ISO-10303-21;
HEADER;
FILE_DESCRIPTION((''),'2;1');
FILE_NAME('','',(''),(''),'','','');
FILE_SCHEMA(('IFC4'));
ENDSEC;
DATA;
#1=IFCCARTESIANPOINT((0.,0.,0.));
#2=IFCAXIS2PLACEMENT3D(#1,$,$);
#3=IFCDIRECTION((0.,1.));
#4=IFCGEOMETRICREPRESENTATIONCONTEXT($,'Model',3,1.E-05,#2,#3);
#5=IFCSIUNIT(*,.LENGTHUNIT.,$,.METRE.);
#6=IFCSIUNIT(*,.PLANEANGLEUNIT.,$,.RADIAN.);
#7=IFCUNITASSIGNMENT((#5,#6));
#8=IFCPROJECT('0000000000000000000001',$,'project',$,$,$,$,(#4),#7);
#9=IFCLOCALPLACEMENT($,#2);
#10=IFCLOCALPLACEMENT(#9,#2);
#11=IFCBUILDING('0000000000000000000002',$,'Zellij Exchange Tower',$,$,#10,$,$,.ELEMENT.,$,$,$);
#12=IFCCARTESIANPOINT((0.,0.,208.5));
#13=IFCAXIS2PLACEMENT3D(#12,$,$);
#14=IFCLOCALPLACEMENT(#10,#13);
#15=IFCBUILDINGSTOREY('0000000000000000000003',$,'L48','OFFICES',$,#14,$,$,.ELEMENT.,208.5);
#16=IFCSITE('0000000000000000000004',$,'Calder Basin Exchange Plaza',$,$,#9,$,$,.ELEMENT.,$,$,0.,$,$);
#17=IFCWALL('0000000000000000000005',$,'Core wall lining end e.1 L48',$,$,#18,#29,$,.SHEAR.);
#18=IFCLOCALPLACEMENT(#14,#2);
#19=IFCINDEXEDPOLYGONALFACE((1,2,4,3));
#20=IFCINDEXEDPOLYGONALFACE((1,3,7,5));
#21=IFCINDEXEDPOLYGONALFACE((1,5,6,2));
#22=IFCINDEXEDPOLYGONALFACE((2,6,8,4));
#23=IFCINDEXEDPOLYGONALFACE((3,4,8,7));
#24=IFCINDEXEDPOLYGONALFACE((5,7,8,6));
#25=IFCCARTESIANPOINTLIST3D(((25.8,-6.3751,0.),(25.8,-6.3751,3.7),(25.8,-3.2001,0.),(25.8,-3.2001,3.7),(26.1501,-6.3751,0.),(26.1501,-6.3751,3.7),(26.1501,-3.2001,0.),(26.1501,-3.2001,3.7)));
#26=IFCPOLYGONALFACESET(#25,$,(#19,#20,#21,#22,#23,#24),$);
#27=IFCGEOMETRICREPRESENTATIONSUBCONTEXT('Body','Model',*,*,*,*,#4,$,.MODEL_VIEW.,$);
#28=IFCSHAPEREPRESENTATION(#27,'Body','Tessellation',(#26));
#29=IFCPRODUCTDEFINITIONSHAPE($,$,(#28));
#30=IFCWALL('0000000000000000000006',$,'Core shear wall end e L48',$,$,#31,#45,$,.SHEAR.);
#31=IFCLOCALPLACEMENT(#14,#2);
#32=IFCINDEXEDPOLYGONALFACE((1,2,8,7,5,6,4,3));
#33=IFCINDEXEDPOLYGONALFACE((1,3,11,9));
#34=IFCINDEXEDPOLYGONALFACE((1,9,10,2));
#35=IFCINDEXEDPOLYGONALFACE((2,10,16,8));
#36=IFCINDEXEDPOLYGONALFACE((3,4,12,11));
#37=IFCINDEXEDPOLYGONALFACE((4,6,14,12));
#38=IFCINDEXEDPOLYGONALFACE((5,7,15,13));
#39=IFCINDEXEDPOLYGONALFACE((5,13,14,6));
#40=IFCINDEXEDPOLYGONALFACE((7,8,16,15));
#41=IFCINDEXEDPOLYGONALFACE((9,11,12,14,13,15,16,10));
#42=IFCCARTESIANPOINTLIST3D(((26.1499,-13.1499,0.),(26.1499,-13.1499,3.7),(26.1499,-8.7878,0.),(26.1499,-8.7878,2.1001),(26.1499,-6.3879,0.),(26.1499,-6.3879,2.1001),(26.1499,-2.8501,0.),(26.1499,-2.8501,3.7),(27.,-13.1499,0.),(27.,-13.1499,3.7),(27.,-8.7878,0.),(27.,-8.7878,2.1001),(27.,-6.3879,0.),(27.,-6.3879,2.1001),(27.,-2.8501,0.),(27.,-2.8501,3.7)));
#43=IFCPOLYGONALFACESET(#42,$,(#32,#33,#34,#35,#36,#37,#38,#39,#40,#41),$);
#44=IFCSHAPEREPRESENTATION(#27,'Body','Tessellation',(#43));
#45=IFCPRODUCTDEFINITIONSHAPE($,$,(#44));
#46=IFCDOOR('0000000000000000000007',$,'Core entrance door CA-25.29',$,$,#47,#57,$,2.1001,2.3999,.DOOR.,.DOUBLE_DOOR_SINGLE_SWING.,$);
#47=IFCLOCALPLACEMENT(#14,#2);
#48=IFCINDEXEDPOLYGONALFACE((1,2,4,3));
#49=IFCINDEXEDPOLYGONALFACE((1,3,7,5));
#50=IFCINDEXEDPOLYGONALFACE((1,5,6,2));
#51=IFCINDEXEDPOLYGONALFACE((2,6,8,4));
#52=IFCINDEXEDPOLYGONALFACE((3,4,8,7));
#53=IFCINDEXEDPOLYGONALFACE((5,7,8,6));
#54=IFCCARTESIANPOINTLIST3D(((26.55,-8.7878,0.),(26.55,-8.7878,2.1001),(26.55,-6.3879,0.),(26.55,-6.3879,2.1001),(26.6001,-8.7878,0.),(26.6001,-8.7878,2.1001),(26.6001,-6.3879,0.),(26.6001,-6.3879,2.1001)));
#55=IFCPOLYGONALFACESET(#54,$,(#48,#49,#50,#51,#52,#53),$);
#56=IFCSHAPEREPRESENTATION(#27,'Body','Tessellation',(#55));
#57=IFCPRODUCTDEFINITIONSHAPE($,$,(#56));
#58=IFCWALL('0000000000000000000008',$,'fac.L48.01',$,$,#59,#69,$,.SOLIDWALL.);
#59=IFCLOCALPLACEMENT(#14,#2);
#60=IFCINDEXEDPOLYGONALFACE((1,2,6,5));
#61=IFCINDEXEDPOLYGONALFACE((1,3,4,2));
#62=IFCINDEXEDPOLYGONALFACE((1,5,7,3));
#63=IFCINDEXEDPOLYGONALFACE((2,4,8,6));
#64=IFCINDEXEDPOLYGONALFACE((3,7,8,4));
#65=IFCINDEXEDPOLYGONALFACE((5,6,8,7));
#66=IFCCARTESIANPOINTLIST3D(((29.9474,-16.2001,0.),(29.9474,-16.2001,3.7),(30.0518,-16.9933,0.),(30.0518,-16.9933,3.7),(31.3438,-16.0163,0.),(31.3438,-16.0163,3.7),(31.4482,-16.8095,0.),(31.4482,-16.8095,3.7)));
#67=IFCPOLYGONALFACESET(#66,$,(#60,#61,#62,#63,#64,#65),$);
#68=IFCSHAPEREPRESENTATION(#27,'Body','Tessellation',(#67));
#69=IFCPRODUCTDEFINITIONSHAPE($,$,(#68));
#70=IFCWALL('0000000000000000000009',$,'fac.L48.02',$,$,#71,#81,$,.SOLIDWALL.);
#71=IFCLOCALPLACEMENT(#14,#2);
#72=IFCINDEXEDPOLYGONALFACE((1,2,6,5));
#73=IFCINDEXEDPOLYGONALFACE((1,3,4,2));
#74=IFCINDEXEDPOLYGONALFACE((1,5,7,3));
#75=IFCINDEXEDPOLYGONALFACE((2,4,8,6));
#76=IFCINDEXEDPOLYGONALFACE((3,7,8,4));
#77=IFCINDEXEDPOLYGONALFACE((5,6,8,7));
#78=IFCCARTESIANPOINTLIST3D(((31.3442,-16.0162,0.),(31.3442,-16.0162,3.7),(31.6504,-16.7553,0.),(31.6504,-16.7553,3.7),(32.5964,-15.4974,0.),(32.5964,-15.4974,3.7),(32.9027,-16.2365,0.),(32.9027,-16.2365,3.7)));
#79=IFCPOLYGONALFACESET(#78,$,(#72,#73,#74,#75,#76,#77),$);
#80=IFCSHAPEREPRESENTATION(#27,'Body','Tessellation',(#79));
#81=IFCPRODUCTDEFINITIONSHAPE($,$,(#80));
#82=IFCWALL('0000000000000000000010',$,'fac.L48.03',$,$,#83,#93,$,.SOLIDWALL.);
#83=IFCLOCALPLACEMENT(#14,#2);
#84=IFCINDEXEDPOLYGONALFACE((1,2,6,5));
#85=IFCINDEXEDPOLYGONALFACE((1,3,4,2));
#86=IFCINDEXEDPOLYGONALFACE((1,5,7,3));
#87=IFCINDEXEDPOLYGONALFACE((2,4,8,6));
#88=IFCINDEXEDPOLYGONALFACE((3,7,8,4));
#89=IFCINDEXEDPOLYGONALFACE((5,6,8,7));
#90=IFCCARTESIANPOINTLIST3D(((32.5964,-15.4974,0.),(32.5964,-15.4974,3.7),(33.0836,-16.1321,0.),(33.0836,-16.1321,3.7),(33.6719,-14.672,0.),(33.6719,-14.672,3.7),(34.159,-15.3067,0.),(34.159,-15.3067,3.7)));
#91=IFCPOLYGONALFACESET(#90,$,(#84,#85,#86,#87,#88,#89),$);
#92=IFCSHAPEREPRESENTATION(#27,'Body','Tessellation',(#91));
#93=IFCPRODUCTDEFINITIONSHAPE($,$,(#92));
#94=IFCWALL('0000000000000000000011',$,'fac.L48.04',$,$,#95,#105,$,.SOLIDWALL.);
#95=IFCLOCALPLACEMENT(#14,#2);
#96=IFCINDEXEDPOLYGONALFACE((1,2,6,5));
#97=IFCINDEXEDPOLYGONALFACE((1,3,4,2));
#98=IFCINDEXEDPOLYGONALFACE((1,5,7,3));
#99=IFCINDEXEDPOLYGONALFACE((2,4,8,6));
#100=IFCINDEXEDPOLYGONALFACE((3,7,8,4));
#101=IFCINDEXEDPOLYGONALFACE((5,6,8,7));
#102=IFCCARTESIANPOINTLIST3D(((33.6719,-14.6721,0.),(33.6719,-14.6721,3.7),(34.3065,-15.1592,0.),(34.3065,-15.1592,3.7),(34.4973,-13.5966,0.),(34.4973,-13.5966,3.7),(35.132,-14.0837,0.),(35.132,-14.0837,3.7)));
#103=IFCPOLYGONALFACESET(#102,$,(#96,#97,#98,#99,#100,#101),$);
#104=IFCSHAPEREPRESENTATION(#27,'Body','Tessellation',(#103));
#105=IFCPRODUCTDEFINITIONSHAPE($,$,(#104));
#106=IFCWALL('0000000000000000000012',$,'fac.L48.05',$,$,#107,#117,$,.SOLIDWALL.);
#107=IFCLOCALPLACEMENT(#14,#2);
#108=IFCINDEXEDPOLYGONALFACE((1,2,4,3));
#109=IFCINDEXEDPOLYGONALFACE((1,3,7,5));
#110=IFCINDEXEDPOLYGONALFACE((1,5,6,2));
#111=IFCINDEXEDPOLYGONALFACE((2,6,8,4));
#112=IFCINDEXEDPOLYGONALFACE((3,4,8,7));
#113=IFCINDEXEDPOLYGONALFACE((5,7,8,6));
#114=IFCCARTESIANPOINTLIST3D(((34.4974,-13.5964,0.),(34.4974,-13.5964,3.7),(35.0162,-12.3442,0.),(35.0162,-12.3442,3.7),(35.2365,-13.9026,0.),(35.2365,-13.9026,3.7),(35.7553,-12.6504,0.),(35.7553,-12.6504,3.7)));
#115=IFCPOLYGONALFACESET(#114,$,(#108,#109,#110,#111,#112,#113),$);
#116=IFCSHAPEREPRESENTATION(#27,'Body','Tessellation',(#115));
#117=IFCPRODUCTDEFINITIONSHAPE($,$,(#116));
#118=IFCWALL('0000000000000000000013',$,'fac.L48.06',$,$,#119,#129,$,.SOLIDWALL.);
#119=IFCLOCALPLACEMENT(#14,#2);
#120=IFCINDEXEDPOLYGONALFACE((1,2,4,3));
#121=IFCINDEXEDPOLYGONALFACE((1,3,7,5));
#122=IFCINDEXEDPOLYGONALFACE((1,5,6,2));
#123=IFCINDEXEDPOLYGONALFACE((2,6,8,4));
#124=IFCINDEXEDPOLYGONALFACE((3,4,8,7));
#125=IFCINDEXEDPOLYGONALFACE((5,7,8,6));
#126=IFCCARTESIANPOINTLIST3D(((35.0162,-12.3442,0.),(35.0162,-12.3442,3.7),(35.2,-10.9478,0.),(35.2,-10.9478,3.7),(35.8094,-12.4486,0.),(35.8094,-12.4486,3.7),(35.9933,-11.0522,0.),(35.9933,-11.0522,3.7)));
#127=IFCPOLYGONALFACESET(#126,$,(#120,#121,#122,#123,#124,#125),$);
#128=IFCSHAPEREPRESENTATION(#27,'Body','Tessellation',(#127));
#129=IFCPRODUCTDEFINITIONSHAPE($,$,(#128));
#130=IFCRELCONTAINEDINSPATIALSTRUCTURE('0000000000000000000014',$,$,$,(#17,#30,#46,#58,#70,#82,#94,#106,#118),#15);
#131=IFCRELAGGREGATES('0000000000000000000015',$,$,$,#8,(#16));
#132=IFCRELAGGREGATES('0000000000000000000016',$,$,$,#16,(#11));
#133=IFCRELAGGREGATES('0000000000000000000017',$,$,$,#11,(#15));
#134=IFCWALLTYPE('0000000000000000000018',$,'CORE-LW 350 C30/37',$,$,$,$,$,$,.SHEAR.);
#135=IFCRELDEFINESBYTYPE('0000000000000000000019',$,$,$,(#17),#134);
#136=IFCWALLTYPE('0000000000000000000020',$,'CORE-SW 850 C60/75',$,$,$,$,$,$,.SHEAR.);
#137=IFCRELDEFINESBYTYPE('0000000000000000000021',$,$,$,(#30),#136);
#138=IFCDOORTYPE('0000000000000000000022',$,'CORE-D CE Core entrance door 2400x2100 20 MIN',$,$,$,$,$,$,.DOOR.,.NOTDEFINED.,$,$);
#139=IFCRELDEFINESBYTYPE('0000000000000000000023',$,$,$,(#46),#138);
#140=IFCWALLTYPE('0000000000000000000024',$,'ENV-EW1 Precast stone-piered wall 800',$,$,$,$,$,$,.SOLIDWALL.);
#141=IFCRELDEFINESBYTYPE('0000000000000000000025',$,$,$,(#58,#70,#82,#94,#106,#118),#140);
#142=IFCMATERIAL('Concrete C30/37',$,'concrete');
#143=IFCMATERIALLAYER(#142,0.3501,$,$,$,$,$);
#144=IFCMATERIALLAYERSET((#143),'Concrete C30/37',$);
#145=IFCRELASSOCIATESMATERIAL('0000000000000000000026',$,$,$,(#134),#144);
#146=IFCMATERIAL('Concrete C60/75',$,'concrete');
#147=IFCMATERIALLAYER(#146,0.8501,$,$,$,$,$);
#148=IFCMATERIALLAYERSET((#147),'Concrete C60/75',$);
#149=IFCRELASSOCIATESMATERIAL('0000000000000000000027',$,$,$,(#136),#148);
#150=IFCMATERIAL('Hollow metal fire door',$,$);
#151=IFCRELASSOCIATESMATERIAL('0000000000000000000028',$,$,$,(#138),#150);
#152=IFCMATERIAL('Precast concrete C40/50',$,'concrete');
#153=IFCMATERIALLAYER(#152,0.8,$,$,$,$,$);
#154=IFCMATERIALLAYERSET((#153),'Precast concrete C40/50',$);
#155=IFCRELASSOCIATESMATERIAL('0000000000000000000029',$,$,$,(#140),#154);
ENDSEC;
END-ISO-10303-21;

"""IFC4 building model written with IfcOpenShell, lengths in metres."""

from ifc_helpers import new_model, si_unit, direction, frame, frame_2d, origin, place, context, subcontext, project, spatial, rectangle, extrude, material, layer, layer_set, type_object, element, fill, save


model = new_model("IFC4")

# Units and contexts
model_context = context("Model", 3, precision=1e-05, world=origin(), true_north=direction((0.0, 1.0)))
body_context = subcontext(model_context, "Body", "Model", "MODEL_VIEW")
ifc_project = project(units=[si_unit("LENGTHUNIT", "METRE"), si_unit("PLANEANGLEUNIT", "RADIAN")], contexts=[model_context])

# Site, building, storey
site_placement = place(None, origin())
site = spatial("IfcSite", under=ifc_project, at=site_placement, Name="Calder Basin Exchange Plaza", CompositionType="ELEMENT", RefElevation=0.0)
building_placement = place(site_placement, origin())
building = spatial("IfcBuilding", under=site, at=building_placement, Name="Zellij Exchange Tower", CompositionType="ELEMENT")
storey_placement = place(building_placement, frame((0.0, 0.0, 208.5)))
storey = spatial("IfcBuildingStorey", under=building, at=storey_placement, Name="L48", Description="OFFICES", CompositionType="ELEMENT", Elevation=208.5)

# Shared definitions
ifc_material_1 = material(Name="Concrete C60/75", Category="concrete")

# Wall
ifc_material_2 = material(Name="Concrete C30/37", Category="concrete")
ifc_layer_1 = layer(ifc_material_2, 0.3501)
ifc_layer_set_1 = layer_set([ifc_layer_1], Name="Concrete C30/37")
wall_type_1 = type_object("IfcWallType", Name="CORE-LW 350 C30/37", PredefinedType="SHEAR", material=ifc_layer_set_1)
wall_1_placement = place(storey_placement, frame((25.9751, -6.375, 0.0), z_axis=(0.0, 0.0, 1.0), x_axis=(0.0, 1.0, 0.0)))
element("IfcWall", 1, at=wall_1_placement, inside=storey, type_object=wall_type_1, Name="Core wall lining end e.1 L48", PredefinedType="SHEAR", context=body_context, shape_type="SweptSolid", body=[
    extrude(rectangle(XDim=3.175, YDim=0.3501, at=frame_2d((1.5874, 0.0))), origin(), (0.0, 0.0, 1.0), 3.7),
])

# Wall, opening, door
ifc_layer_2 = layer(ifc_material_1, 0.8501)
ifc_layer_set_2 = layer_set([ifc_layer_2], Name="Concrete C60/75")
wall_type_2 = type_object("IfcWallType", Name="CORE-SW 850 C60/75", PredefinedType="SHEAR", material=ifc_layer_set_2)
wall_2_placement = place(storey_placement, frame((26.575, -13.1499, 0.0), z_axis=(0.0, 0.0, 1.0), x_axis=(0.0, 1.0, 0.0)))
wall_2 = element("IfcWall", 2, at=wall_2_placement, inside=storey, type_object=wall_type_2, Name="Core shear wall end e L48", PredefinedType="SHEAR", context=body_context, shape_type="SweptSolid", body=[
    extrude(rectangle(XDim=10.2998, YDim=0.8501, at=frame_2d((5.1499, 0.0))), origin(), (0.0, 0.0, 1.0), 3.7),
])
opening_1_placement = place(wall_2_placement, frame((4.3621, 0.0, 0.0)))
opening_1 = element("IfcOpeningElement", 3, at=opening_1_placement, cuts=wall_2, PredefinedType="OPENING", context=body_context, shape_type="SweptSolid", body=[
    extrude(rectangle(XDim=2.3999, YDim=2.1001, at=frame_2d((1.2, 1.05))), frame((0.0, 0.437, 0.0), z_axis=(0.0, -1.0, 0.0), x_axis=(1.0, 0.0, 0.0)), (0.0, 0.0, 1.0), 0.874),
])
ifc_material_3 = material(Name="Hollow metal fire door")
door_type_1 = type_object("IfcDoorType", Name="CORE-D CE Core entrance door 2400x2100 20 MIN", OperationType="NOTDEFINED", PredefinedType="DOOR", material=ifc_material_3)
door_1_placement = place(opening_1_placement, origin())
door_1 = element("IfcDoor", 4, at=door_1_placement, inside=storey, type_object=door_type_1, Name="Core entrance door CA-25.29", OperationType="DOUBLE_DOOR_SINGLE_SWING", OverallHeight=2.1001, OverallWidth=2.3999, PredefinedType="DOOR", context=body_context, shape_type="SweptSolid", body=[
    extrude(rectangle(XDim=2.3999, YDim=2.1001, at=frame_2d((1.2, 1.05))), frame((0.0, 0.0249, 0.0), z_axis=(0.0, -1.0, 0.0), x_axis=(1.0, 0.0, 0.0)), (0.0, 0.0, 1.0), 0.05),
])
fill(opening_1, door_1)

# Walls
ifc_material_4 = material(Name="Precast concrete C40/50", Category="concrete")
ifc_layer_3 = layer(ifc_material_4, 0.8)
ifc_layer_set_3 = layer_set([ifc_layer_3], Name="Precast concrete C40/50")
wall_type_3 = type_object("IfcWallType", Name="ENV-EW1 Precast stone-piered wall 800", PredefinedType="SOLIDWALL", material=ifc_layer_set_3)
wall_3_placement = place(storey_placement, frame((29.9998, -16.5967, 0.0), z_axis=(0.0, 0.0, 1.0), x_axis=(0.991446, 0.130517, 0.0)))
element("IfcWall", 5, at=wall_3_placement, inside=storey, type_object=wall_type_3, Name="fac.L48.01", PredefinedType="SOLIDWALL", context=body_context, shape_type="SweptSolid", body=[
    extrude(rectangle(XDim=1.4084, YDim=0.8, at=frame_2d((0.7041, 0.0))), origin(), (0.0, 0.0, 1.0), 3.7),
])
wall_4_placement = place(storey_placement, frame((31.4973, -16.3857, 0.0), z_axis=(0.0, 0.0, 1.0), x_axis=(0.923848, 0.38276, 0.0)))
element("IfcWall", 6, at=wall_4_placement, inside=storey, type_object=wall_type_3, Name="fac.L48.02", PredefinedType="SOLIDWALL", context=body_context, shape_type="SweptSolid", body=[
    extrude(rectangle(XDim=1.3555, YDim=0.8, at=frame_2d((0.6777, 0.0))), origin(), (0.0, 0.0, 1.0), 3.7),
])
for number, where, z_axis, x_axis, name in (
    (7, (32.8401, -15.8147, 0.0), (0.0, 0.0, 1.0), (0.793273, 0.608866, 0.0), "fac.L48.03"),
    (8, (33.9893, -14.9155, 0.0), (0.0, 0.0, 1.0), (0.608866, 0.793273, 0.0), "fac.L48.04"),
):
    element("IfcWall", number, at=place(storey_placement, frame(where, z_axis=z_axis, x_axis=x_axis)), inside=storey, type_object=wall_type_3, Name=name, PredefinedType="SOLIDWALL", context=body_context, shape_type="SweptSolid", body=[
        extrude(rectangle(XDim=1.3557, YDim=0.8, at=frame_2d((0.6777, 0.0))), origin(), (0.0, 0.0, 1.0), 3.7),
    ])
wall_5_placement = place(storey_placement, frame((34.8669, -13.7495, 0.0), z_axis=(0.0, 0.0, 1.0), x_axis=(0.38276, 0.923848, 0.0)))
element("IfcWall", 9, at=wall_5_placement, inside=storey, type_object=wall_type_3, Name="fac.L48.05", PredefinedType="SOLIDWALL", context=body_context, shape_type="SweptSolid", body=[
    extrude(rectangle(XDim=1.3555, YDim=0.8, at=frame_2d((0.6777, 0.0))), origin(), (0.0, 0.0, 1.0), 3.7),
])
wall_6_placement = place(storey_placement, frame((35.4128, -12.3962, 0.0), z_axis=(0.0, 0.0, 1.0), x_axis=(0.130517, 0.991446, 0.0)))
element("IfcWall", 10, at=wall_6_placement, inside=storey, type_object=wall_type_3, Name="fac.L48.06", PredefinedType="SOLIDWALL", context=body_context, shape_type="SweptSolid", body=[
    extrude(rectangle(XDim=1.4084, YDim=0.8, at=frame_2d((0.7041, 0.0))), origin(), (0.0, 0.0, 1.0), 3.7),
])

save(model, "model.ifc")
